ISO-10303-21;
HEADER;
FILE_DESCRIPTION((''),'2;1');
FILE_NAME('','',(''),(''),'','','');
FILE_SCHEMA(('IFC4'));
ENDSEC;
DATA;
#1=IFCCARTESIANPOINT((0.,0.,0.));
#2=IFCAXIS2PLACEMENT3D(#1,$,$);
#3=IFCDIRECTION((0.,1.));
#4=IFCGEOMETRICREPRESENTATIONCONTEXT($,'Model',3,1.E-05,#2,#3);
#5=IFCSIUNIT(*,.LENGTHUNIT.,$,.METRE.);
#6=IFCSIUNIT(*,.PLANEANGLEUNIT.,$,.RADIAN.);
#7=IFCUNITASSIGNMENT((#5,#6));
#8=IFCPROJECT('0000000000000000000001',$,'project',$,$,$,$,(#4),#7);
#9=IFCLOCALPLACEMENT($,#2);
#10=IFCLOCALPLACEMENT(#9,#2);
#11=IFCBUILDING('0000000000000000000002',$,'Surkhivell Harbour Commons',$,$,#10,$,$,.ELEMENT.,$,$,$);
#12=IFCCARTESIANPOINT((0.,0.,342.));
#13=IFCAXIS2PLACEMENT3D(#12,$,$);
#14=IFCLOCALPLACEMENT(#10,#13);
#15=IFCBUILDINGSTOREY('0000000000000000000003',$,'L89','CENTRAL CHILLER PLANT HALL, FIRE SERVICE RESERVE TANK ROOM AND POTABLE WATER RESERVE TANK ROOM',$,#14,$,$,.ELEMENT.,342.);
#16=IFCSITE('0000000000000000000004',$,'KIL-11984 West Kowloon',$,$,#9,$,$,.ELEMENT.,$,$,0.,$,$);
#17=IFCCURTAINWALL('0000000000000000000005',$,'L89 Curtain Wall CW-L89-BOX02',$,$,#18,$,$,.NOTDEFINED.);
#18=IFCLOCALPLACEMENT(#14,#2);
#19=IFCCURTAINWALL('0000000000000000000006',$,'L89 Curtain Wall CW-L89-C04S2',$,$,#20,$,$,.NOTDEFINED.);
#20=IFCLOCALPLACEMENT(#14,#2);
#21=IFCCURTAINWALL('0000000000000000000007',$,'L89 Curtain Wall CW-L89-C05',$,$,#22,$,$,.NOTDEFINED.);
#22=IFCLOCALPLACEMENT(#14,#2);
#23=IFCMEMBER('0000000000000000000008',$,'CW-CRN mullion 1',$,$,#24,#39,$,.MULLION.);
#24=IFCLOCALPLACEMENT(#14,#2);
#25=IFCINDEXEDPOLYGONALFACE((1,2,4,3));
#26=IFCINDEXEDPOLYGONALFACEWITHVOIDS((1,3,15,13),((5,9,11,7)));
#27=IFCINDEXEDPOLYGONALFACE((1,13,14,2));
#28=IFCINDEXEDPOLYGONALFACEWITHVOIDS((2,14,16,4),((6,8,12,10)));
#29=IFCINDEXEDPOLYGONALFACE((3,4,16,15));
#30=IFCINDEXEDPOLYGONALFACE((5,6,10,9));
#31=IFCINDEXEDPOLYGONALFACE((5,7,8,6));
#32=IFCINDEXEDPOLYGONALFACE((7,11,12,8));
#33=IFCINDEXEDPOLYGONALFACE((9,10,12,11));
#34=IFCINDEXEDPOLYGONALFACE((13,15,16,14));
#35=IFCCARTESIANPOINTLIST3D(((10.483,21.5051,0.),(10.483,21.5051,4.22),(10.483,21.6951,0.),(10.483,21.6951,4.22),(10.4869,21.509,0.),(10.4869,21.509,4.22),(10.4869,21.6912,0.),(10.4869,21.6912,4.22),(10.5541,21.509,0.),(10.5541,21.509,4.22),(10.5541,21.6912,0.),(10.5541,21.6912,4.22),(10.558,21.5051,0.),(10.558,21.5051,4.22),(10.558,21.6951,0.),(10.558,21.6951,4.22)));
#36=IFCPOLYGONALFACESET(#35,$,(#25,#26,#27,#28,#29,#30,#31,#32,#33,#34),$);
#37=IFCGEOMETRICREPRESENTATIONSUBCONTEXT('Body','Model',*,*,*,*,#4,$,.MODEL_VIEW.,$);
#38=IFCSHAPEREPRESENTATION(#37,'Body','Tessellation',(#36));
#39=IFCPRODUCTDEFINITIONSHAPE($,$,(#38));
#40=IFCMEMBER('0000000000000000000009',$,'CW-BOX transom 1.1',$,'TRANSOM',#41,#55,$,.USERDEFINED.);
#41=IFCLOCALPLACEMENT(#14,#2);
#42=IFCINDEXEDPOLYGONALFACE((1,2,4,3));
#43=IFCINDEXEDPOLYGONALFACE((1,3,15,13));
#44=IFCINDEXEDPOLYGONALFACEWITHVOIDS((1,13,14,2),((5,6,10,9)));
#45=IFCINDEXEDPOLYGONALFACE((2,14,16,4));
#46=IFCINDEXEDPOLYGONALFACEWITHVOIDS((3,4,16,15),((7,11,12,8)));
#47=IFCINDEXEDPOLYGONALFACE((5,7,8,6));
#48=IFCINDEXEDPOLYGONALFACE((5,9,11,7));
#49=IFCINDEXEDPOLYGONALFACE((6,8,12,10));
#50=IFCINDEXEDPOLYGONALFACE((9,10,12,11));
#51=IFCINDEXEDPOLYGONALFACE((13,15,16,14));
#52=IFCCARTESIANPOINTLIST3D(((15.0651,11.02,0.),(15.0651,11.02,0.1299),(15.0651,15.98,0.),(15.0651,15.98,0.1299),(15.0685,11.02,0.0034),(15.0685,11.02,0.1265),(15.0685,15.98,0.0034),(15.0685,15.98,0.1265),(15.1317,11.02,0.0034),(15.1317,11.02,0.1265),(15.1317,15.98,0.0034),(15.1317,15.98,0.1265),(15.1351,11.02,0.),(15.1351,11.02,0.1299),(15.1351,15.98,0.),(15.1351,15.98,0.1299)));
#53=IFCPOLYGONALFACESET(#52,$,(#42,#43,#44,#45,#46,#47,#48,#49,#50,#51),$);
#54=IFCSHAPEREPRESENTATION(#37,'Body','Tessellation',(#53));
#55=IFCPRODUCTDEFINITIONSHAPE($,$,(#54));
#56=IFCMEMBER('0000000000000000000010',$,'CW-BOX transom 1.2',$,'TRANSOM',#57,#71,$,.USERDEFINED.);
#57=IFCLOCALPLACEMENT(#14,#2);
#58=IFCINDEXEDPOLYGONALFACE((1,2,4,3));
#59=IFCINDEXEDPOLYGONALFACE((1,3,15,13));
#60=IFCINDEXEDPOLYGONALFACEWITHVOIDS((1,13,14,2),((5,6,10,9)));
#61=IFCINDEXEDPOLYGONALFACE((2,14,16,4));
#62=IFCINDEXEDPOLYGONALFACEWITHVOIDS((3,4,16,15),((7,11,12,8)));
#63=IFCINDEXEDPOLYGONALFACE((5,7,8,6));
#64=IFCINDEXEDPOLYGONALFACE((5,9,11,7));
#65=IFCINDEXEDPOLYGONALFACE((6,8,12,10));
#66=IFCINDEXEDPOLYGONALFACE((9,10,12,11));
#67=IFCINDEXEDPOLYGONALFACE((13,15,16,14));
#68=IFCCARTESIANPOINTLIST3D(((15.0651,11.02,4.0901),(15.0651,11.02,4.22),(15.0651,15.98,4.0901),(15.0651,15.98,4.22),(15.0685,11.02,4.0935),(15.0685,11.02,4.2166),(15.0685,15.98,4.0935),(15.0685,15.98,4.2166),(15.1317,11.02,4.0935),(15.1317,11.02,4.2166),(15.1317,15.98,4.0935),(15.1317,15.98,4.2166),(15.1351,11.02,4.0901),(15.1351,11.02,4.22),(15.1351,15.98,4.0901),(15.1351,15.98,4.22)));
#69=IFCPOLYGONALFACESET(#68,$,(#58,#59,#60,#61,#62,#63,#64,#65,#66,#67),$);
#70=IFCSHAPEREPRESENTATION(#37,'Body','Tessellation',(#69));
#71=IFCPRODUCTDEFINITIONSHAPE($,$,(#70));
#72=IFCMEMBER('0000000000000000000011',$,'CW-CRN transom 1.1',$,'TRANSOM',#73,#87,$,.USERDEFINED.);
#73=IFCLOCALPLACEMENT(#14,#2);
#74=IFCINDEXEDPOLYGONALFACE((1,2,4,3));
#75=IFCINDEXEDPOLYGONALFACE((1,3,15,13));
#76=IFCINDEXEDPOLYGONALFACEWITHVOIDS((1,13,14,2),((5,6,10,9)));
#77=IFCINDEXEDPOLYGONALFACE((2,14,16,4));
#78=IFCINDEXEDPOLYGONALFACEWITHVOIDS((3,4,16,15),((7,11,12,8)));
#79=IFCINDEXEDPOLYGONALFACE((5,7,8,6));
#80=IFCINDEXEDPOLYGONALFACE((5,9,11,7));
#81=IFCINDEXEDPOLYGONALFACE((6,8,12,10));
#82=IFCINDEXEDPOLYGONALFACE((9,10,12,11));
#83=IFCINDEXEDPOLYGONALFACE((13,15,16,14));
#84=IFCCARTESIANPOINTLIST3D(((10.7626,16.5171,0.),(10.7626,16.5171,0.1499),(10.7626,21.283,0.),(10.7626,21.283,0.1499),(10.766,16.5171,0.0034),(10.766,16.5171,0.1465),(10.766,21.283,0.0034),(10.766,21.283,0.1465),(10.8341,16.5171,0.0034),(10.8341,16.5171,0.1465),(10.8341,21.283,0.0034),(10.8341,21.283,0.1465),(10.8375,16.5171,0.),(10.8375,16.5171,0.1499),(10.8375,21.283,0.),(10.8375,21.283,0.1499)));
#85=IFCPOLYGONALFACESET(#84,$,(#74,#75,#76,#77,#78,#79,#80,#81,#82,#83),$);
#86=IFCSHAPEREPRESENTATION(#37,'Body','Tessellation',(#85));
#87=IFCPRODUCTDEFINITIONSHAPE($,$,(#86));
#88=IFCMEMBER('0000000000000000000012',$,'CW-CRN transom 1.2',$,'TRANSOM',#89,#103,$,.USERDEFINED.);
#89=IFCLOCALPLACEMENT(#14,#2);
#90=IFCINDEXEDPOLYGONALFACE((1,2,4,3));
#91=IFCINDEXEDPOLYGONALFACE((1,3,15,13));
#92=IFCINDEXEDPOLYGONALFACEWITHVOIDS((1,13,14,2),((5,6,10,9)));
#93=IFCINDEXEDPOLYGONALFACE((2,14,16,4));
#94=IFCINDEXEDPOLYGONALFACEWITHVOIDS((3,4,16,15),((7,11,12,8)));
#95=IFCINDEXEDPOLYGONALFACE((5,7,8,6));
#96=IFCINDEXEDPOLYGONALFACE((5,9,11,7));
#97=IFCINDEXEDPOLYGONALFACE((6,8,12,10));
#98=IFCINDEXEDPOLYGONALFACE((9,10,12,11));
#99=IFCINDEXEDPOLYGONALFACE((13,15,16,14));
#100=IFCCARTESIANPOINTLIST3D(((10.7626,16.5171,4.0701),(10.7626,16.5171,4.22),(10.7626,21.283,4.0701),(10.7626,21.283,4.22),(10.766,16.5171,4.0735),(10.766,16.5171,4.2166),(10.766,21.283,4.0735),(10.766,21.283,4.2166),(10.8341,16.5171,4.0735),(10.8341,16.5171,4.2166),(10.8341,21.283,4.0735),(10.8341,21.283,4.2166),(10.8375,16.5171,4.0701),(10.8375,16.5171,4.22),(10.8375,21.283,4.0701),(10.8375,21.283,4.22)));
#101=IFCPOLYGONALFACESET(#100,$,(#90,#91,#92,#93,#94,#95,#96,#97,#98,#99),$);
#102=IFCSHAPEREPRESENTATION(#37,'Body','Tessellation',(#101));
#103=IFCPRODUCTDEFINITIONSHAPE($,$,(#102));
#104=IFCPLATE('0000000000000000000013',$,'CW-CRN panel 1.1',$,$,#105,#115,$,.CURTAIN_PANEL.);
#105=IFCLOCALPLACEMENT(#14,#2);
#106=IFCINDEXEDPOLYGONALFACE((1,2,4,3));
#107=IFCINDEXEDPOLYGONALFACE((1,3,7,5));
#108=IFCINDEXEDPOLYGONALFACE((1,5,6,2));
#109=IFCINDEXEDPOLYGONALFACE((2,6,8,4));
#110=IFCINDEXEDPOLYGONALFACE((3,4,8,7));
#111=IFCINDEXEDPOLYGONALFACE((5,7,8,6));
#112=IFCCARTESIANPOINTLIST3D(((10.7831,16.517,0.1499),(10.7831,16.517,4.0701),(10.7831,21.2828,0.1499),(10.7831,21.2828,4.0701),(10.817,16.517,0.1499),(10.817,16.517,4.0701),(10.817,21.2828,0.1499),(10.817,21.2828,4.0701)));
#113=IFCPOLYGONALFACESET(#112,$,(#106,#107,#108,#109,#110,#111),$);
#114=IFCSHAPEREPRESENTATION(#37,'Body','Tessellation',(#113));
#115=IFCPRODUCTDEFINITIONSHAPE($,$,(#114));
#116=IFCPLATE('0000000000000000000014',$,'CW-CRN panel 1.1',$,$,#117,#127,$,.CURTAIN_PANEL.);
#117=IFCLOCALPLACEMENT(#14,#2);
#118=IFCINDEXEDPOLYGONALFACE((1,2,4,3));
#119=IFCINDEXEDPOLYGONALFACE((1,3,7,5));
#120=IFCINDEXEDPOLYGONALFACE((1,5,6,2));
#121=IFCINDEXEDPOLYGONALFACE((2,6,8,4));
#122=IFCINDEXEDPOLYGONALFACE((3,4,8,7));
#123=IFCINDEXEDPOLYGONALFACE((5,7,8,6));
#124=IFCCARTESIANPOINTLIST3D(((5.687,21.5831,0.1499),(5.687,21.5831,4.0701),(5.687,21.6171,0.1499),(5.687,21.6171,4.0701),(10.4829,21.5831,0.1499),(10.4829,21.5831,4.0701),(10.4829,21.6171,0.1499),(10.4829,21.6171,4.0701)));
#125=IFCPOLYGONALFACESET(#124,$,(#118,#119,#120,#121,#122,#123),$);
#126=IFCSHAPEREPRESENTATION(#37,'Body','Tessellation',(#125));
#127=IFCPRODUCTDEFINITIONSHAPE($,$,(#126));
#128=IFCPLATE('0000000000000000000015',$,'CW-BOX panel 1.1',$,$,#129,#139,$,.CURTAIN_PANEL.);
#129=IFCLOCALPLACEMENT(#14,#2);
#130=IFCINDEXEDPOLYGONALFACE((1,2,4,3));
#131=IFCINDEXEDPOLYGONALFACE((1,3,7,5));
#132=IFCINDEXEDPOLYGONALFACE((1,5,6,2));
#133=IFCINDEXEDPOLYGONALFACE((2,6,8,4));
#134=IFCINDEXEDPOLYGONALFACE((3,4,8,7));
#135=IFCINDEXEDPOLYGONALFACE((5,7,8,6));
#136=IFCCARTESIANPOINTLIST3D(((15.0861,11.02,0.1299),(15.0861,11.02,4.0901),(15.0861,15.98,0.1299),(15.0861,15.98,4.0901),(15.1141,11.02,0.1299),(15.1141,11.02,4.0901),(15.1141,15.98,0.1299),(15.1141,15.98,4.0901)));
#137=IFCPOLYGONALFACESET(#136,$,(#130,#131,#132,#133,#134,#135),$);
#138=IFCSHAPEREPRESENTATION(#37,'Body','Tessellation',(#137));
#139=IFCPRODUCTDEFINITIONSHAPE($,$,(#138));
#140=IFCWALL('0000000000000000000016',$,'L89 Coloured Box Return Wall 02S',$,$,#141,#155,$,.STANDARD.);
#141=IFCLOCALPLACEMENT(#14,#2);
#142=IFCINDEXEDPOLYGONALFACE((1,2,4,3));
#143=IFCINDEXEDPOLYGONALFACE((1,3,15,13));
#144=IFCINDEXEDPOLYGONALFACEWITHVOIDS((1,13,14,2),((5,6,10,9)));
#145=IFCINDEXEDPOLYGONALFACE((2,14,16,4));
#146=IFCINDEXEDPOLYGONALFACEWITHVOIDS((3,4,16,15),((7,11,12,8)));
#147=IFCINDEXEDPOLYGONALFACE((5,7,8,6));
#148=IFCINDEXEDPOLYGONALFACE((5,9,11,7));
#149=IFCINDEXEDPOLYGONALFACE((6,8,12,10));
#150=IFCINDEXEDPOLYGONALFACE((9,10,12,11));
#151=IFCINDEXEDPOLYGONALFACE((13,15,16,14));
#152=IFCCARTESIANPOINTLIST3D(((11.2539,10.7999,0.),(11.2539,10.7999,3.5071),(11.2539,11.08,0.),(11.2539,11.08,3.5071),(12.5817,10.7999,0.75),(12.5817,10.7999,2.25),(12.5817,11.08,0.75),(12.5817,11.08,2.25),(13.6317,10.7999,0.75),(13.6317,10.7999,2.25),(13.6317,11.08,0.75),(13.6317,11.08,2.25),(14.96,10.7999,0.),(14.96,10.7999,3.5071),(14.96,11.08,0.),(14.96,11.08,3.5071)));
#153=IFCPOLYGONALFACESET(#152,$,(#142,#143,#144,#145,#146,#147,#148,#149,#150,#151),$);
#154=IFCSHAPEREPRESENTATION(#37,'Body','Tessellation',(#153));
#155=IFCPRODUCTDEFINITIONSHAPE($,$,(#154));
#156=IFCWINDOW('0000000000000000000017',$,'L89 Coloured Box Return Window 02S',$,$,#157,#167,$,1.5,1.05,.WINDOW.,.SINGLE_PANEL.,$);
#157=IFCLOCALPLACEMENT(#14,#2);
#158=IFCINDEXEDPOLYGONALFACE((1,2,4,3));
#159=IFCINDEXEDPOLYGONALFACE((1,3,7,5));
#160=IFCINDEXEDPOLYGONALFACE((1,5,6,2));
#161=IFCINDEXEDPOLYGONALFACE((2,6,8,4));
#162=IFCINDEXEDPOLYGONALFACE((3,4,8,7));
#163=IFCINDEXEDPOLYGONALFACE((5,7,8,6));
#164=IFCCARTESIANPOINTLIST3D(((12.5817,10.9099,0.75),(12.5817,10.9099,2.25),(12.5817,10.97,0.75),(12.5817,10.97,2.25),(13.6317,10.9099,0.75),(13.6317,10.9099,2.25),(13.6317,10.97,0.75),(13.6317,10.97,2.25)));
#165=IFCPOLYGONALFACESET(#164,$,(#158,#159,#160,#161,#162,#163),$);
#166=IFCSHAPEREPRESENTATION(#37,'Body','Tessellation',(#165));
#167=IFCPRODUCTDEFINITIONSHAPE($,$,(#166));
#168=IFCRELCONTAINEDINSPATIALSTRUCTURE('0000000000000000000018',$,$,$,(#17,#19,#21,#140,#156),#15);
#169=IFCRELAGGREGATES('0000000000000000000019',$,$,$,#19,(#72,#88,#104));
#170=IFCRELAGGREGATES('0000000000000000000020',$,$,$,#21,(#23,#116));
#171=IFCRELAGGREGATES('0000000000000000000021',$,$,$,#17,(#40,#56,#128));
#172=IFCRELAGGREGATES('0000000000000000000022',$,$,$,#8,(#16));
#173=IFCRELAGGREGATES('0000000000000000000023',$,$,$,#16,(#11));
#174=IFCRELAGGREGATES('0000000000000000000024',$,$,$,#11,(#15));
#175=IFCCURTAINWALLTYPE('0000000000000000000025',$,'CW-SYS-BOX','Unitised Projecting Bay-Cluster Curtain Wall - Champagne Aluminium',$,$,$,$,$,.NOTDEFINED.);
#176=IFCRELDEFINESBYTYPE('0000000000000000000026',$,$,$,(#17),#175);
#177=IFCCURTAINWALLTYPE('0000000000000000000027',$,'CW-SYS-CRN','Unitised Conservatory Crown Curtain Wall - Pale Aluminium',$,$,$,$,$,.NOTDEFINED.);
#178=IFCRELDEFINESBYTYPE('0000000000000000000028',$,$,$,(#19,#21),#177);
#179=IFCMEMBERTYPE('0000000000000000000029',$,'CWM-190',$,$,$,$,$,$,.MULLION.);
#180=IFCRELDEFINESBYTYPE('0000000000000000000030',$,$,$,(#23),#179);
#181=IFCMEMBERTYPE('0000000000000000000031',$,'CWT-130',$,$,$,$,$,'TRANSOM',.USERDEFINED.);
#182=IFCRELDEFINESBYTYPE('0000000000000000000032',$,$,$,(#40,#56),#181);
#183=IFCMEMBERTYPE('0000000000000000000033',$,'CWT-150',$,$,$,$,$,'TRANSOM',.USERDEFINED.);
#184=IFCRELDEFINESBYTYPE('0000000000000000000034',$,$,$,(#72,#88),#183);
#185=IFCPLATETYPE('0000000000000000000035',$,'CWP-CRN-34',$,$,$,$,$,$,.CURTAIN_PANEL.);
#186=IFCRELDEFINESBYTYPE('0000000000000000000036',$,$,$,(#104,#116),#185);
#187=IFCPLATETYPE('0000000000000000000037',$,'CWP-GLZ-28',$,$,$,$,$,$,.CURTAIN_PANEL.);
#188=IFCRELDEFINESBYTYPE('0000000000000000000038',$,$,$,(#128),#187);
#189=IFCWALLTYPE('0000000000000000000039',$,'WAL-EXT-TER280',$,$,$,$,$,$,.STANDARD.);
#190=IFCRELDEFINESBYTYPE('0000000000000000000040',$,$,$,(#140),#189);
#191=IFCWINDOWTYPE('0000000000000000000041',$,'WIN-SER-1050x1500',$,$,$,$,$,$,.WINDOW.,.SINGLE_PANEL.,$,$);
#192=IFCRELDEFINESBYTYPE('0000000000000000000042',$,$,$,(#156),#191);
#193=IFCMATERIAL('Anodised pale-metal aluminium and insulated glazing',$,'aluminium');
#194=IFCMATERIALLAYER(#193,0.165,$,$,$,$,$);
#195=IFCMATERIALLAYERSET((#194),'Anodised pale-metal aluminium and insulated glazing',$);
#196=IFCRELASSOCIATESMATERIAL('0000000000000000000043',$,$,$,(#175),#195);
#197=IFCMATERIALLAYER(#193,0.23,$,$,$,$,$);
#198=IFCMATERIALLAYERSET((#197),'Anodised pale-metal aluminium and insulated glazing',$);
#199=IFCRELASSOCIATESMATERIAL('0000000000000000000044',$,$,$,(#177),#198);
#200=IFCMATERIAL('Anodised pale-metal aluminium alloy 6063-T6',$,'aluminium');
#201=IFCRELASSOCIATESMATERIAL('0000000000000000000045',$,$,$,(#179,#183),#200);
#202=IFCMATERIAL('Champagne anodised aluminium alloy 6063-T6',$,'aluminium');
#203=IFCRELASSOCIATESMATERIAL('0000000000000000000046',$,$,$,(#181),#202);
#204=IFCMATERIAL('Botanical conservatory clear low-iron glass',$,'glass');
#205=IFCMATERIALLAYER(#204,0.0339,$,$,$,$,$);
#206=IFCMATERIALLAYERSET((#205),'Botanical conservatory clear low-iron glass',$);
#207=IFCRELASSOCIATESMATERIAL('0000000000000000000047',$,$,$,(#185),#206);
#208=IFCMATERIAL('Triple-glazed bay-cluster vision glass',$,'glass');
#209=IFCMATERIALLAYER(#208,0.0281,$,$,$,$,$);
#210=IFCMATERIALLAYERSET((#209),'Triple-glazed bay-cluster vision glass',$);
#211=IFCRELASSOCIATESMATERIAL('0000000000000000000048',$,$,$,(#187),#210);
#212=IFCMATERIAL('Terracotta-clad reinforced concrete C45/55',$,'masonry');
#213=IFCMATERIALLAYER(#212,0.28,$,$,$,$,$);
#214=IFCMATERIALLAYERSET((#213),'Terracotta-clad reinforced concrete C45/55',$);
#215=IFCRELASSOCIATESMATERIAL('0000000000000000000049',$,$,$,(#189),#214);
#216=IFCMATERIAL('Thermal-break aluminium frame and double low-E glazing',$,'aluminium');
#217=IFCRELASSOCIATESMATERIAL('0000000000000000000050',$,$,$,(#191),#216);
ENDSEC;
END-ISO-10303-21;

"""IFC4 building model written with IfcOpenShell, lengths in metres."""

from ifc_helpers import new_model, si_unit, direction, frame, frame_2d, origin, origin_2d, place, context, subcontext, project, spatial, rectangle, hollow_rectangle, extrude, material, layer, layer_set, material_profile, profile_set, type_object, element, fill, aggregate, save


model = new_model("IFC4")

# Units and contexts
model_context = context("Model", 3, precision=1e-05, world=origin(), true_north=direction((0.0, 1.0)))
body_context = subcontext(model_context, "Body", "Model", "MODEL_VIEW")
ifc_project = project(units=[si_unit("LENGTHUNIT", "METRE"), si_unit("PLANEANGLEUNIT", "RADIAN")], contexts=[model_context])

# Site, building, storey
site_placement = place(None, origin())
site = spatial("IfcSite", under=ifc_project, at=site_placement, Name="KIL-11984 West Kowloon", CompositionType="ELEMENT", RefElevation=0.0)
building_placement = place(site_placement, origin())
building = spatial("IfcBuilding", under=site, at=building_placement, Name="Surkhivell Harbour Commons", CompositionType="ELEMENT")
storey_placement = place(building_placement, frame((0.0, 0.0, 342.0)))
storey = spatial("IfcBuildingStorey", under=building, at=storey_placement, Name="L89", Description="CENTRAL CHILLER PLANT HALL, FIRE SERVICE RESERVE TANK ROOM AND POTABLE WATER RESERVE TANK ROOM", CompositionType="ELEMENT", Elevation=342.0)

# Curtain walls
ifc_material_1 = material(Name="Anodised pale-metal aluminium and insulated glazing", Category="aluminium")
ifc_layer_1 = layer(ifc_material_1, 0.165)
ifc_layer_set_1 = layer_set([ifc_layer_1], Name="Anodised pale-metal aluminium and insulated glazing")
curtain_wall_type_1 = type_object("IfcCurtainWallType", Name="CW-SYS-BOX", Description="Unitised Projecting Bay-Cluster Curtain Wall - Champagne Aluminium", PredefinedType="NOTDEFINED", material=ifc_layer_set_1)
curtain_wall_1_placement = place(storey_placement, origin())
curtain_wall_1 = element("IfcCurtainWall", 1, at=curtain_wall_1_placement, inside=storey, type_object=curtain_wall_type_1, Name="L89 Curtain Wall CW-L89-BOX02", PredefinedType="NOTDEFINED")
ifc_material_2 = material(Name="Champagne anodised aluminium alloy 6063-T6", Category="aluminium")
ifc_layer_2 = layer(ifc_material_1, 0.23)
ifc_layer_set_2 = layer_set([ifc_layer_2], Name="Anodised pale-metal aluminium and insulated glazing")
curtain_wall_type_2 = type_object("IfcCurtainWallType", Name="CW-SYS-CRN", Description="Unitised Conservatory Crown Curtain Wall - Pale Aluminium", PredefinedType="NOTDEFINED", material=ifc_layer_set_2)
curtain_wall_2_placement = place(storey_placement, origin())
curtain_wall_2 = element("IfcCurtainWall", 2, at=curtain_wall_2_placement, inside=storey, type_object=curtain_wall_type_2, Name="L89 Curtain Wall CW-L89-C04S2", PredefinedType="NOTDEFINED")
ifc_material_3 = material(Name="Anodised pale-metal aluminium alloy 6063-T6", Category="aluminium")
ifc_material_profile_1 = material_profile(ifc_material_3, hollow_rectangle(XDim=0.075, YDim=0.1899, WallThickness=0.0039, at=origin_2d()), Name="ALU-MULL-75x190")
ifc_profile_set_1 = profile_set([ifc_material_profile_1], Name="Anodised pale-metal aluminium alloy 6063-T6")
member_type_1 = type_object("IfcMemberType", Name="CWM-190", PredefinedType="MULLION", material=ifc_profile_set_1)

# Curtain wall, member
curtain_wall_3_placement = place(storey_placement, origin())
curtain_wall_3 = element("IfcCurtainWall", 3, at=curtain_wall_3_placement, inside=storey, type_object=curtain_wall_type_2, Name="L89 Curtain Wall CW-L89-C05", PredefinedType="NOTDEFINED")
member_1_placement = place(storey_placement, frame((10.5205, 21.6001, 0.0), z_axis=(0.0, 0.0, 1.0), x_axis=(-1.0, 0.0, 0.0)))
member_1 = element("IfcMember", 4, at=member_1_placement, type_object=member_type_1, Name="CW-CRN mullion 1", PredefinedType="MULLION", context=body_context, shape_type="SweptSolid", body=[
    extrude(hollow_rectangle(XDim=0.075, YDim=0.1899, WallThickness=0.0039, at=origin_2d()), origin(), (0.0, 0.0, 1.0), 4.22),
])

# Members
ifc_material_profile_2 = material_profile(ifc_material_2, hollow_rectangle(XDim=0.0701, YDim=0.1299, WallThickness=0.0034, at=origin_2d()), Name="ALU-TRAN-70x130")
ifc_profile_set_2 = profile_set([ifc_material_profile_2], Name="Champagne anodised aluminium alloy 6063-T6")
member_type_2 = type_object("IfcMemberType", Name="CWT-130", ElementType="TRANSOM", PredefinedType="USERDEFINED", material=ifc_profile_set_2)
member_2_placement = place(storey_placement, frame((15.1001, 11.02, 0.0649), z_axis=(0.0, 1.0, 0.0), x_axis=(-1.0, 0.0, 0.0)))
member_2 = element("IfcMember", 5, at=member_2_placement, type_object=member_type_2, Name="CW-BOX transom 1.1", ObjectType="TRANSOM", PredefinedType="USERDEFINED", context=body_context, shape_type="SweptSolid", body=[
    extrude(hollow_rectangle(XDim=0.0701, YDim=0.1299, WallThickness=0.0034, at=origin_2d()), origin(), (0.0, 0.0, 1.0), 4.96),
])
member_3_placement = place(storey_placement, frame((15.1001, 11.02, 4.155), z_axis=(0.0, 1.0, 0.0), x_axis=(-1.0, 0.0, 0.0)))
member_3 = element("IfcMember", 6, at=member_3_placement, type_object=member_type_2, Name="CW-BOX transom 1.2", ObjectType="TRANSOM", PredefinedType="USERDEFINED", context=body_context, shape_type="SweptSolid", body=[
    extrude(hollow_rectangle(XDim=0.0701, YDim=0.1299, WallThickness=0.0034, at=origin_2d()), origin(), (0.0, 0.0, 1.0), 4.96),
])
ifc_material_profile_3 = material_profile(ifc_material_3, hollow_rectangle(XDim=0.075, YDim=0.1499, WallThickness=0.0034, at=origin_2d()), Name="ALU-TRAN-75x150")
ifc_profile_set_3 = profile_set([ifc_material_profile_3], Name="Anodised pale-metal aluminium alloy 6063-T6")
member_type_3 = type_object("IfcMemberType", Name="CWT-150", ElementType="TRANSOM", PredefinedType="USERDEFINED", material=ifc_profile_set_3)
member_4_placement = place(storey_placement, frame((10.8, 16.5171, 0.075), z_axis=(0.0, 1.0, 0.0), x_axis=(-1.0, 0.0, 0.0)))
member_4 = element("IfcMember", 7, at=member_4_placement, type_object=member_type_3, Name="CW-CRN transom 1.1", ObjectType="TRANSOM", PredefinedType="USERDEFINED", context=body_context, shape_type="SweptSolid", body=[
    extrude(hollow_rectangle(XDim=0.075, YDim=0.1499, WallThickness=0.0034, at=origin_2d()), origin(), (0.0, 0.0, 1.0), 4.7659),
])
member_5_placement = place(storey_placement, frame((10.8, 16.5171, 4.145), z_axis=(0.0, 1.0, 0.0), x_axis=(-1.0, 0.0, 0.0)))
member_5 = element("IfcMember", 8, at=member_5_placement, type_object=member_type_3, Name="CW-CRN transom 1.2", ObjectType="TRANSOM", PredefinedType="USERDEFINED", context=body_context, shape_type="SweptSolid", body=[
    extrude(hollow_rectangle(XDim=0.075, YDim=0.1499, WallThickness=0.0034, at=origin_2d()), origin(), (0.0, 0.0, 1.0), 4.7659),
])

# Plates
ifc_material_4 = material(Name="Botanical conservatory clear low-iron glass", Category="glass")
ifc_layer_3 = layer(ifc_material_4, 0.0339)
ifc_layer_set_3 = layer_set([ifc_layer_3], Name="Botanical conservatory clear low-iron glass")
plate_type_1 = type_object("IfcPlateType", Name="CWP-CRN-34", PredefinedType="CURTAIN_PANEL", material=ifc_layer_set_3)
plate_1_placement = place(storey_placement, frame((10.8, 16.5171, 0.1499), z_axis=(0.0, 0.0, 1.0), x_axis=(0.0, 1.0, 0.0)))
plate_1 = element("IfcPlate", 9, at=plate_1_placement, type_object=plate_type_1, Name="CW-CRN panel 1.1", PredefinedType="CURTAIN_PANEL", context=body_context, shape_type="SweptSolid", body=[
    extrude(rectangle(XDim=4.7659, YDim=0.0339, at=frame_2d((2.3828, 0.0))), origin(), (0.0, 0.0, 1.0), 3.9202),
])
aggregate(curtain_wall_2, [member_4, member_5, plate_1])
plate_2_placement = place(storey_placement, frame((10.4829, 21.6001, 0.1499), z_axis=(0.0, 0.0, 1.0), x_axis=(-1.0, 0.0, 0.0)))
plate_2 = element("IfcPlate", 10, at=plate_2_placement, type_object=plate_type_1, Name="CW-CRN panel 1.1", PredefinedType="CURTAIN_PANEL", context=body_context, shape_type="SweptSolid", body=[
    extrude(rectangle(XDim=4.7959, YDim=0.0339, at=frame_2d((2.3979, 0.0))), origin(), (0.0, 0.0, 1.0), 3.9202),
])
aggregate(curtain_wall_3, [member_1, plate_2])
ifc_material_5 = material(Name="Triple-glazed bay-cluster vision glass", Category="glass")
ifc_layer_4 = layer(ifc_material_5, 0.0281)
ifc_layer_set_4 = layer_set([ifc_layer_4], Name="Triple-glazed bay-cluster vision glass")
plate_type_2 = type_object("IfcPlateType", Name="CWP-GLZ-28", PredefinedType="CURTAIN_PANEL", material=ifc_layer_set_4)
plate_3_placement = place(storey_placement, frame((15.1001, 11.02, 0.1299), z_axis=(0.0, 0.0, 1.0), x_axis=(0.0, 1.0, 0.0)))
plate_3 = element("IfcPlate", 11, at=plate_3_placement, type_object=plate_type_2, Name="CW-BOX panel 1.1", PredefinedType="CURTAIN_PANEL", context=body_context, shape_type="SweptSolid", body=[
    extrude(rectangle(XDim=4.96, YDim=0.0281, at=frame_2d((2.48, 0.0))), origin(), (0.0, 0.0, 1.0), 3.9602),
])
aggregate(curtain_wall_1, [member_2, member_3, plate_3])

# Wall, opening, window
ifc_material_6 = material(Name="Terracotta-clad reinforced concrete C45/55", Category="masonry")
ifc_layer_5 = layer(ifc_material_6, 0.28)
ifc_layer_set_5 = layer_set([ifc_layer_5], Name="Terracotta-clad reinforced concrete C45/55")
wall_type = type_object("IfcWallType", Name="WAL-EXT-TER280", PredefinedType="STANDARD", material=ifc_layer_set_5)
wall_1_placement = place(storey_placement, frame((11.2539, 10.9399, 0.0), z_axis=(0.0, 0.0, 1.0), x_axis=(1.0, 0.0, 0.0)))
wall_1 = element("IfcWall", 12, at=wall_1_placement, inside=storey, type_object=wall_type, Name="L89 Coloured Box Return Wall 02S", PredefinedType="STANDARD", context=body_context, shape_type="SweptSolid", body=[
    extrude(rectangle(XDim=3.7061, YDim=0.28, at=frame_2d((1.853, 0.0))), origin(), (0.0, 0.0, 1.0), 3.5071),
])
opening_1_placement = place(wall_1_placement, frame((1.3279, 0.0, 0.75)))
opening_1 = element("IfcOpeningElement", 13, at=opening_1_placement, cuts=wall_1, PredefinedType="OPENING", context=body_context, shape_type="SweptSolid", body=[
    extrude(rectangle(XDim=1.05, YDim=1.5, at=frame_2d((0.5249, 0.75))), frame((0.0, 0.1499, 0.0), z_axis=(0.0, -1.0, 0.0), x_axis=(1.0, 0.0, 0.0)), (0.0, 0.0, 1.0), 0.3),
])
ifc_material_7 = material(Name="Thermal-break aluminium frame and double low-E glazing", Category="aluminium")
window_type = type_object("IfcWindowType", Name="WIN-SER-1050x1500", PartitioningType="SINGLE_PANEL", PredefinedType="WINDOW", material=ifc_material_7)
window_1_placement = place(opening_1_placement, origin())
window_1 = element("IfcWindow", 14, at=window_1_placement, inside=storey, type_object=window_type, Name="L89 Coloured Box Return Window 02S", OverallHeight=1.5, OverallWidth=1.05, PartitioningType="SINGLE_PANEL", PredefinedType="WINDOW", context=body_context, shape_type="SweptSolid", body=[
    extrude(rectangle(XDim=1.05, YDim=1.5, at=frame_2d((0.5249, 0.75))), frame((0.0, 0.03, 0.0), z_axis=(0.0, -1.0, 0.0), x_axis=(1.0, 0.0, 0.0)), (0.0, 0.0, 1.0), 0.0601),
])
fill(opening_1, window_1)

save(model, "model.ifc")
